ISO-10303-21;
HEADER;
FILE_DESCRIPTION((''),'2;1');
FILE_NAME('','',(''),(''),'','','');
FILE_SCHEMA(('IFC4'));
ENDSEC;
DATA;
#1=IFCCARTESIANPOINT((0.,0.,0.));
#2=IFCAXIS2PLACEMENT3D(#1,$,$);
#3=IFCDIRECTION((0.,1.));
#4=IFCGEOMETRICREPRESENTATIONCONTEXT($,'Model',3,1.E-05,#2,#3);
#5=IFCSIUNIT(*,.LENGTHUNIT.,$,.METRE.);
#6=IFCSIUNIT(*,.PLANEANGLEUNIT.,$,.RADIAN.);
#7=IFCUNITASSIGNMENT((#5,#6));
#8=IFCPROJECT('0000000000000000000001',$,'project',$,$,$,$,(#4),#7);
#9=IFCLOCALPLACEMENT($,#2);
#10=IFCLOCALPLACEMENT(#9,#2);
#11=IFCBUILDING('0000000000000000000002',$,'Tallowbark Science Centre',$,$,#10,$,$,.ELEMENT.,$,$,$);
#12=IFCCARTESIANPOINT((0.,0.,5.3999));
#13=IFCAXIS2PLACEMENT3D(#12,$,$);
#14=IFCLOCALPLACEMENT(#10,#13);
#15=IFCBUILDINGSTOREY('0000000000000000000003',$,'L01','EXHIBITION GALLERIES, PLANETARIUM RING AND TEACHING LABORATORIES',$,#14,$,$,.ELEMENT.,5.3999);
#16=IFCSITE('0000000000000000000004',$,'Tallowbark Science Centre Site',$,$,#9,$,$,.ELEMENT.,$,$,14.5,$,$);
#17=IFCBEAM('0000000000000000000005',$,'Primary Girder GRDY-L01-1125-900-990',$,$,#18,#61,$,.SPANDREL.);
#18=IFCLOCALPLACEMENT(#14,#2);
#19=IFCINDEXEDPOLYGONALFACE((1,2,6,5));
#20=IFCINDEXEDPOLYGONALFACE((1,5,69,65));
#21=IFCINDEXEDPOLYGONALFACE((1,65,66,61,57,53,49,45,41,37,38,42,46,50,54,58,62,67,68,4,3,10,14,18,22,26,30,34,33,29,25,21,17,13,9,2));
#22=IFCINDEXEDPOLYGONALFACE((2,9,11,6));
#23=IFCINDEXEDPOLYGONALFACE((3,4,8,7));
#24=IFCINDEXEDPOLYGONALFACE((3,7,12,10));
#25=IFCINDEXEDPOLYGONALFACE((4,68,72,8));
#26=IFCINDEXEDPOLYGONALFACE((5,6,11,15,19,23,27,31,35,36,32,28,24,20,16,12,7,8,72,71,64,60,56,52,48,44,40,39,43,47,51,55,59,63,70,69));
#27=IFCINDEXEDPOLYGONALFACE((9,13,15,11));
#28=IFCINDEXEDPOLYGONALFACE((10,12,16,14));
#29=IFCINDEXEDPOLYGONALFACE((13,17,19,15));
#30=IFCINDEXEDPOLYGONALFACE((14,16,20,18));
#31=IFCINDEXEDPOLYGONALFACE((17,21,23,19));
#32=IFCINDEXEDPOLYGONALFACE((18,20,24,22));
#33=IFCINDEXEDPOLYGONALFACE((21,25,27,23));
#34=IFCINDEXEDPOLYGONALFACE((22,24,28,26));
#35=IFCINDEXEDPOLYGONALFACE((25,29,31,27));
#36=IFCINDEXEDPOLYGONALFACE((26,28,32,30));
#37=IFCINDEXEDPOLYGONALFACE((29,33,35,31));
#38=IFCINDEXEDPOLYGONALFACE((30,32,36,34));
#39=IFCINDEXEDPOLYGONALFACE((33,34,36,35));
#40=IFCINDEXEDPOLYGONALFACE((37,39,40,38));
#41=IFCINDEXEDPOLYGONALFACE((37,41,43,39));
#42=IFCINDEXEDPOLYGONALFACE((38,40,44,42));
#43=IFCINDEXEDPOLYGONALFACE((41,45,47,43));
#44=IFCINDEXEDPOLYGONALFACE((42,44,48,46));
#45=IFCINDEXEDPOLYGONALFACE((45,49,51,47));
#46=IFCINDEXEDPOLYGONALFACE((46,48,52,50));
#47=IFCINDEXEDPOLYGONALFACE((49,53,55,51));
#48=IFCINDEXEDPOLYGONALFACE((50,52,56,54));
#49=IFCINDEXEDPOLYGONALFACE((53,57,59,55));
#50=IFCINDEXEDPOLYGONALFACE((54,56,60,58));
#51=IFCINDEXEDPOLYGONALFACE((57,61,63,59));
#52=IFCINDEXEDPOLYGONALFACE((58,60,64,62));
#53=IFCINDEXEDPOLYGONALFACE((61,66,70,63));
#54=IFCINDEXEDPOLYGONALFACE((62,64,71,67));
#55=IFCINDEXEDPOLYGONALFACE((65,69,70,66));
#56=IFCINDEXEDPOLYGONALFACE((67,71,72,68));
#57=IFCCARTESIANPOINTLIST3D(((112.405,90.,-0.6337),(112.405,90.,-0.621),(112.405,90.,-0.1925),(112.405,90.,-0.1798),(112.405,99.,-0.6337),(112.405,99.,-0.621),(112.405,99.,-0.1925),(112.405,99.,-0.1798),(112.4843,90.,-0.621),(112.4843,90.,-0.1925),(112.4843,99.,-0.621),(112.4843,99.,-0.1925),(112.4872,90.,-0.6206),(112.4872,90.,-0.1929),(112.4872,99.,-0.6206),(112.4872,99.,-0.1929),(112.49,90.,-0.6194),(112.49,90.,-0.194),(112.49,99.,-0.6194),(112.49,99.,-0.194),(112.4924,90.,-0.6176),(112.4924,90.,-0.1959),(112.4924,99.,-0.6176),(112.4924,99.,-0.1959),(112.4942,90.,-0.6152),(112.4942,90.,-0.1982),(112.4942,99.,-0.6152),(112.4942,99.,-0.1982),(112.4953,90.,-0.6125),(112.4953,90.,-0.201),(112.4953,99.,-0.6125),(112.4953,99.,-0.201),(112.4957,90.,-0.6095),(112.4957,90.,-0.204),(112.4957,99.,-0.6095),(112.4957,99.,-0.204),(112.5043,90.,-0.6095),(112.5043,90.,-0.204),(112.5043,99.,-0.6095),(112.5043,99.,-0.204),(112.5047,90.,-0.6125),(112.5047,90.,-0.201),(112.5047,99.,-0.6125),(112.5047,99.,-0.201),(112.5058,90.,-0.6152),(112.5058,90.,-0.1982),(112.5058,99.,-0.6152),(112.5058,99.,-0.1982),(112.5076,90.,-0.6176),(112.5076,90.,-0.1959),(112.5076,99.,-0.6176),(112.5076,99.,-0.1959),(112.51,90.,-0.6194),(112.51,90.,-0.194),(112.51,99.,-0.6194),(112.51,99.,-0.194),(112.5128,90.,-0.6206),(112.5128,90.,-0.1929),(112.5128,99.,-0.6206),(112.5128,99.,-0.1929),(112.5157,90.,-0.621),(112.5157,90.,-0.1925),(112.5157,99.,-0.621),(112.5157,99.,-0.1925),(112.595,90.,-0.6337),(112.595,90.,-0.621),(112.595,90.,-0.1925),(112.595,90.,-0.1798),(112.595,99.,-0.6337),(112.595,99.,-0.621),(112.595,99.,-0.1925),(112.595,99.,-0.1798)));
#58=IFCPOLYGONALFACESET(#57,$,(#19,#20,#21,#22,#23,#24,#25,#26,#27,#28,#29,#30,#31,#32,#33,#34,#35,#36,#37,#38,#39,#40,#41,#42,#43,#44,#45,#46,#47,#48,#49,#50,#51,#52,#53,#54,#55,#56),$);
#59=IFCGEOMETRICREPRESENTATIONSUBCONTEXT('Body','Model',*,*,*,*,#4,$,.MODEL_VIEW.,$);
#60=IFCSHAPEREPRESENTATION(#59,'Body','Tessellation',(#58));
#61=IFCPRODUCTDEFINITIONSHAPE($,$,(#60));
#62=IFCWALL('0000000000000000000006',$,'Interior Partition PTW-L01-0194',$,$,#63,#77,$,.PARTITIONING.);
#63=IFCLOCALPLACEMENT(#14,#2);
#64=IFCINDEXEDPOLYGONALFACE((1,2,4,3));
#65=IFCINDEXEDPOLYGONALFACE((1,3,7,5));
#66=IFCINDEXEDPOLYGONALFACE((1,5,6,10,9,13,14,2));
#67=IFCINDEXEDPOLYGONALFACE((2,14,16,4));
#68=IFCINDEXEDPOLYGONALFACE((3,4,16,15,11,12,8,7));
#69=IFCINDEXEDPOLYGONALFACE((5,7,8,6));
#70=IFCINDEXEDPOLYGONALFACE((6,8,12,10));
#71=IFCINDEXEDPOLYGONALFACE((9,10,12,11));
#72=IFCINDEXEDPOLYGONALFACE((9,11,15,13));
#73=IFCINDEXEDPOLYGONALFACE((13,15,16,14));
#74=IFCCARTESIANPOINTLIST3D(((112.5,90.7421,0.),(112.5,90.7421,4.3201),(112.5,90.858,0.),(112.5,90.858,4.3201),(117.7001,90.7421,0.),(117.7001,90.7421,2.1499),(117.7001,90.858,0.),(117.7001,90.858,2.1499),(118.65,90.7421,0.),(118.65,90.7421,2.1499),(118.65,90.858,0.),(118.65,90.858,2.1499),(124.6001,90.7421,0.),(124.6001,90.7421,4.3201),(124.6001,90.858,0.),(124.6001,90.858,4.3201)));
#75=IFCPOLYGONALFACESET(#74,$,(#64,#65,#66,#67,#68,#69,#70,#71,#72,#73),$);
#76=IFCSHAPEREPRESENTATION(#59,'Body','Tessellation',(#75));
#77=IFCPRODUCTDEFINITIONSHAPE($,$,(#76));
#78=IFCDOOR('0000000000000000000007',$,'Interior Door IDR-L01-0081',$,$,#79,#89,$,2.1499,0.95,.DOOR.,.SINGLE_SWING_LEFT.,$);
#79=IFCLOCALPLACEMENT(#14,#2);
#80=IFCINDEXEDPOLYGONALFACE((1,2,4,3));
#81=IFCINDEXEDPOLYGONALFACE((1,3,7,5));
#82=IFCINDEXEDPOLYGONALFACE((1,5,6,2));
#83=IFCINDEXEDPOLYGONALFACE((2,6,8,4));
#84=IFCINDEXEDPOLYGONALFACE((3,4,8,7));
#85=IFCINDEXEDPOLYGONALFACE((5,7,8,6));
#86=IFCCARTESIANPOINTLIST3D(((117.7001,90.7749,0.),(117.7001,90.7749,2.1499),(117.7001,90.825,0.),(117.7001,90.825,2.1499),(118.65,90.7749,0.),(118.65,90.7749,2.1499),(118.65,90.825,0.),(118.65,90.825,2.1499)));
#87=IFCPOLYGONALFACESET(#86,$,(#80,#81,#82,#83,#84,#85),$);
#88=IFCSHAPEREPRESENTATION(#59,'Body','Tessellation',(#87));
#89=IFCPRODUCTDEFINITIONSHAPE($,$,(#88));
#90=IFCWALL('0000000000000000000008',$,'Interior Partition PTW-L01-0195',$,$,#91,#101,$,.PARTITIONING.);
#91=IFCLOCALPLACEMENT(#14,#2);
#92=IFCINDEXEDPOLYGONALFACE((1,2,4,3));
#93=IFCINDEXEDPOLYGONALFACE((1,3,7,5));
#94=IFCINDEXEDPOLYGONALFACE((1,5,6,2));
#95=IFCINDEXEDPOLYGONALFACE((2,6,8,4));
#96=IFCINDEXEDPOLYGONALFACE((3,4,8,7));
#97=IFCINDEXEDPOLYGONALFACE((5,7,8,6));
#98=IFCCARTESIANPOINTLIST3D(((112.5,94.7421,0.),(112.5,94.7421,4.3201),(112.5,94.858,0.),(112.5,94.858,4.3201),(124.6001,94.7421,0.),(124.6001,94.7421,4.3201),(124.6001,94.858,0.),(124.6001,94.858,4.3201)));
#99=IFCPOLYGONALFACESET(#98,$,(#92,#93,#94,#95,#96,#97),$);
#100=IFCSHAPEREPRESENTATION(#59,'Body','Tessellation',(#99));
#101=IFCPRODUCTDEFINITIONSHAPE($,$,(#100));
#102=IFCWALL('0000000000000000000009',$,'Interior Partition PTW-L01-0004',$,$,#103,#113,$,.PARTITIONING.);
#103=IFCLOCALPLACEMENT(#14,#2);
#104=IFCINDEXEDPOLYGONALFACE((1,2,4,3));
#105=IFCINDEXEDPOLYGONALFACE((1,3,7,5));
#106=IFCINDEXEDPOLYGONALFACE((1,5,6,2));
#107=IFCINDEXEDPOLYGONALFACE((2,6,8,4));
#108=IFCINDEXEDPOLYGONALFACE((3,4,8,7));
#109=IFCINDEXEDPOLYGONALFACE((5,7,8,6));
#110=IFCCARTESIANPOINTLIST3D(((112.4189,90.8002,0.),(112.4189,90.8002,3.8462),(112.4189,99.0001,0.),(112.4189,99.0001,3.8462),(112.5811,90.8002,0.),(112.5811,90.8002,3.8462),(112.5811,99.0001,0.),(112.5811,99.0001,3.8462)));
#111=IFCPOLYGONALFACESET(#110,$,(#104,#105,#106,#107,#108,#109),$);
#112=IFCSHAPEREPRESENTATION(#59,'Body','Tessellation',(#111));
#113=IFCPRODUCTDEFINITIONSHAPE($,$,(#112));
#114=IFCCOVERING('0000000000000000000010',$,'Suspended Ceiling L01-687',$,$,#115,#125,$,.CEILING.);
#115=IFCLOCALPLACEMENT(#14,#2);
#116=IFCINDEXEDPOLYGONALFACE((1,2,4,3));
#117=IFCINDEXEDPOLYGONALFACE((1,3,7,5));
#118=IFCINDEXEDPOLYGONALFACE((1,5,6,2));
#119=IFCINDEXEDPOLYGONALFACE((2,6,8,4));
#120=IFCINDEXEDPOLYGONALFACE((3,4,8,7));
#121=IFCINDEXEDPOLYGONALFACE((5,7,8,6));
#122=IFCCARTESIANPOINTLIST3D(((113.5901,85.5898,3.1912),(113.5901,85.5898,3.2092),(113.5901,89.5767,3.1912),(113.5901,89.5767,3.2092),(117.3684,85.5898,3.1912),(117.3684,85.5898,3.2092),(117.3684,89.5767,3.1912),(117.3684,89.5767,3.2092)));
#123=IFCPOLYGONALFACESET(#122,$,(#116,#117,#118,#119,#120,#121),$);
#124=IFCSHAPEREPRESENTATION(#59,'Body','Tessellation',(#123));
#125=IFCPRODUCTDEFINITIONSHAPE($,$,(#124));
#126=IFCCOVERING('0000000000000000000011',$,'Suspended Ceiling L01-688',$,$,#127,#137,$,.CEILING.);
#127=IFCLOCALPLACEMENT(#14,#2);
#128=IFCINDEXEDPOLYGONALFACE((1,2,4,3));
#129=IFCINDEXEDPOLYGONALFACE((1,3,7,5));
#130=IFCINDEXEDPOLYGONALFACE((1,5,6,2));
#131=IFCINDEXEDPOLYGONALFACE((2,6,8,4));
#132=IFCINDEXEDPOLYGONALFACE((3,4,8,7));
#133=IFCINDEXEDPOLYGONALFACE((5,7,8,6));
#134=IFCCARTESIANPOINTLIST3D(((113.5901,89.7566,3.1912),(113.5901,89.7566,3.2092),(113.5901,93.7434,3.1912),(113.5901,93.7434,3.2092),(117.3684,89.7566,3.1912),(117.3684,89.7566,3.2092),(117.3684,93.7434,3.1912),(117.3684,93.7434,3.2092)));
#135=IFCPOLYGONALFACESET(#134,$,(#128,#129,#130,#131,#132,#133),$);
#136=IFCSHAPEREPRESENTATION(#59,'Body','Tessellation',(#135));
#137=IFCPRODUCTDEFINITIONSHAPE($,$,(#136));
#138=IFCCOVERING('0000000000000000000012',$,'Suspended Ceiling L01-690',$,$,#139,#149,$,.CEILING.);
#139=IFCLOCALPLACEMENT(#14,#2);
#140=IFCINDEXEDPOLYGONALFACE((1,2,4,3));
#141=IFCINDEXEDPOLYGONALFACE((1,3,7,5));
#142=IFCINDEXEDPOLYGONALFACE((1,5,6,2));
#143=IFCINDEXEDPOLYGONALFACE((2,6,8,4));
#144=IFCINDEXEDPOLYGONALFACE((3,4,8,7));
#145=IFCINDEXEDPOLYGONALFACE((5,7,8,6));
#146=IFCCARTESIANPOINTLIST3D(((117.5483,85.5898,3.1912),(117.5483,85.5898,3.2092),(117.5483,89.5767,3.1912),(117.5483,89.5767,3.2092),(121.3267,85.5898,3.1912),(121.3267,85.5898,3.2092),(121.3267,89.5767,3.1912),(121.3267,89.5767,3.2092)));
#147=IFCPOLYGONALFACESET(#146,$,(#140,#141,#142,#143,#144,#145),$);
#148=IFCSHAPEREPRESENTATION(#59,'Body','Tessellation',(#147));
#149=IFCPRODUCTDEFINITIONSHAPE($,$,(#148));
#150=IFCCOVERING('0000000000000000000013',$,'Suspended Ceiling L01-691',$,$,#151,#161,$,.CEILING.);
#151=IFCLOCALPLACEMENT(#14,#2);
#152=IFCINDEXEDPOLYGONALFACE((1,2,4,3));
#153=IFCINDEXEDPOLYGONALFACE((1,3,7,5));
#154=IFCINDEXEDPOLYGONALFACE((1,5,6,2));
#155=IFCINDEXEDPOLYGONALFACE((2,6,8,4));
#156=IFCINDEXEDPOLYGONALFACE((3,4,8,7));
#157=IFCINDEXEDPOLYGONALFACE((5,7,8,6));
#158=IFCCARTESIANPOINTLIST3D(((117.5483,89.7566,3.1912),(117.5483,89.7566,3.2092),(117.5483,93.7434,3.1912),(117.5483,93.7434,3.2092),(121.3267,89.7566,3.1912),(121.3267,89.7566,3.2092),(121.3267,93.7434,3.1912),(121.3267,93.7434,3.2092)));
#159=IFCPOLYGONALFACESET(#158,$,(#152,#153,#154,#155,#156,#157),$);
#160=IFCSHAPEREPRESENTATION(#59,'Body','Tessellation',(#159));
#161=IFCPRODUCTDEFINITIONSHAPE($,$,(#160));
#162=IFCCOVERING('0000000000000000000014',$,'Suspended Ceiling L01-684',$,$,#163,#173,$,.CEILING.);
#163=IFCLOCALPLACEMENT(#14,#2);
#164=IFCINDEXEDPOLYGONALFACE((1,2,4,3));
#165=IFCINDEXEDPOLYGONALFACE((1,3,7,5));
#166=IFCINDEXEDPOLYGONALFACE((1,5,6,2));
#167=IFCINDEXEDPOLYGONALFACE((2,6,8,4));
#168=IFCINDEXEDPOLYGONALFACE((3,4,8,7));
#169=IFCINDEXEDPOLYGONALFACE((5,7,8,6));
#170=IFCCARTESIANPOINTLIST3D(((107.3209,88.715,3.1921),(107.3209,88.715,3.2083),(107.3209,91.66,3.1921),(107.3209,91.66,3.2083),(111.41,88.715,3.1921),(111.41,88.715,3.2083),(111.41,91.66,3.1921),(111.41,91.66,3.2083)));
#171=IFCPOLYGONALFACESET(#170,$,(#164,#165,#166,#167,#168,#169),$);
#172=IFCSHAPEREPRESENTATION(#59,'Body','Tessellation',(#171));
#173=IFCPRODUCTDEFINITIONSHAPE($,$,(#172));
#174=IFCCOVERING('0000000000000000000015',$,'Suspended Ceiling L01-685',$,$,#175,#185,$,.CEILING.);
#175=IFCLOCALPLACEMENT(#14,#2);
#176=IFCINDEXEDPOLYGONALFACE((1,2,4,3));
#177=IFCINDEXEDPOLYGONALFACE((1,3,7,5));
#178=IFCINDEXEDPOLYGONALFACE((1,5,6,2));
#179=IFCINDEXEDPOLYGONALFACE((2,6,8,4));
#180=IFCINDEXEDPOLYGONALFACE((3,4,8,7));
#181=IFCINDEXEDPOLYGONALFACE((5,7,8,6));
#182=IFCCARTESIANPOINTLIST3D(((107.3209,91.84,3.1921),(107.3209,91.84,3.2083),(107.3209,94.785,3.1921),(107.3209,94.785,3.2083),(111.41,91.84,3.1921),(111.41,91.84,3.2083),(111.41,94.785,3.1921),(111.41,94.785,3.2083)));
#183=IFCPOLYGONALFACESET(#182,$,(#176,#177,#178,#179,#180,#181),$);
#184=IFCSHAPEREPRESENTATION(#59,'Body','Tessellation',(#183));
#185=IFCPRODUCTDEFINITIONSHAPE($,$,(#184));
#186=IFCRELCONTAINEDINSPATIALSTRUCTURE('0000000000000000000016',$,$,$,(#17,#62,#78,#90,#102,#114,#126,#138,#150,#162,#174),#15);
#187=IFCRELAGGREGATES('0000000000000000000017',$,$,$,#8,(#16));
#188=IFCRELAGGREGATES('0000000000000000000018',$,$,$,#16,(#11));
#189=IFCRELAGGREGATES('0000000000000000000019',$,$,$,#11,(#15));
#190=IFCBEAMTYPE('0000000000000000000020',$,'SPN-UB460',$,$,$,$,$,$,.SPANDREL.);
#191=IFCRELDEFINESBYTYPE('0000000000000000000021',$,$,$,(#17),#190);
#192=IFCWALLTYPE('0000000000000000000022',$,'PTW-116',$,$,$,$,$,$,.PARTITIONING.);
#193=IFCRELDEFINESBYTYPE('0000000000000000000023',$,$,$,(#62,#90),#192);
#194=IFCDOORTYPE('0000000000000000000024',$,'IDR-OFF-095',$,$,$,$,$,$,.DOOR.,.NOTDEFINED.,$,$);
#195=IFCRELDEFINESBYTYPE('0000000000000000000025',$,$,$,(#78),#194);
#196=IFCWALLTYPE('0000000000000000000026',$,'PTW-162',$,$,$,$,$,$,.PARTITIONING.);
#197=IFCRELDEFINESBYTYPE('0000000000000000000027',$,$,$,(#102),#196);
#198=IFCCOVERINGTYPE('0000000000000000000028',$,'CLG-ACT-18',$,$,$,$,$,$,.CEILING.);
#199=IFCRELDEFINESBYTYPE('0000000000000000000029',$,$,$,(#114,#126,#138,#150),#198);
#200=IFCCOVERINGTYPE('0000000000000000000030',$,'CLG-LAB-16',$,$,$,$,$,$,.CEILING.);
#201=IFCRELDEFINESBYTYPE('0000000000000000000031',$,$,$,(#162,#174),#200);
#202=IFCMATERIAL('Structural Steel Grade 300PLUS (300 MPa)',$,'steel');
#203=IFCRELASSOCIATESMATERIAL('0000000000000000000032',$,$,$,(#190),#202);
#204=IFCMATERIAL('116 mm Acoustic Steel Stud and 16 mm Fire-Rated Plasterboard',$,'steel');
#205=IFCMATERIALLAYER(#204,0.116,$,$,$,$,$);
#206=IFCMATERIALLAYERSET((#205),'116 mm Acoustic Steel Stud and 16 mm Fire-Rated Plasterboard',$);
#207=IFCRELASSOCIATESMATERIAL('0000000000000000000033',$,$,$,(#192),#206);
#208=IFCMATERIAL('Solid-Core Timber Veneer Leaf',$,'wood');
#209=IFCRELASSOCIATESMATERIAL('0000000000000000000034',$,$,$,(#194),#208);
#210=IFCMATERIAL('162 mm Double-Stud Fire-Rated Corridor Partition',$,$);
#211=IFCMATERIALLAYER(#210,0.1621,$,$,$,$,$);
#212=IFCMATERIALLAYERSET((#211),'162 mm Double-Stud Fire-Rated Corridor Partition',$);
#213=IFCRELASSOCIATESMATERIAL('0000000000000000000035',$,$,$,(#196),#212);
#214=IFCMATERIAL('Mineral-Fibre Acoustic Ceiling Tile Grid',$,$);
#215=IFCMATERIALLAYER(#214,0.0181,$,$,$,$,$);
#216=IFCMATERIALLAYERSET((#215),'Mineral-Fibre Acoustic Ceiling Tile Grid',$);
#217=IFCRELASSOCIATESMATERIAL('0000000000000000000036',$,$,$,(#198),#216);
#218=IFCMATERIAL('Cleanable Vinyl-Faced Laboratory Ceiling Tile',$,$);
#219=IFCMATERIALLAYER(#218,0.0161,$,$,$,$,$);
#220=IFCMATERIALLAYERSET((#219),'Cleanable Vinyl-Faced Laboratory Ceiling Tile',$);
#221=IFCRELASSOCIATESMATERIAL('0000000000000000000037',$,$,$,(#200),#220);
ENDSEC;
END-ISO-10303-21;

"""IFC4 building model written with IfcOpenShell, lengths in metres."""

from ifc_helpers import new_model, si_unit, direction, frame, frame_2d, origin, origin_2d, place, context, subcontext, project, spatial, rectangle, i_section, extrude, material, layer, layer_set, material_profile, profile_set, type_object, element, fill, save


model = new_model("IFC4")

# Units and contexts
model_context = context("Model", 3, precision=1e-05, world=origin(), true_north=direction((0.0, 1.0)))
body_context = subcontext(model_context, "Body", "Model", "MODEL_VIEW")
ifc_project = project(units=[si_unit("LENGTHUNIT", "METRE"), si_unit("PLANEANGLEUNIT", "RADIAN")], contexts=[model_context])

# Site, building, storey
site_placement = place(None, origin())
site = spatial("IfcSite", under=ifc_project, at=site_placement, Name="Tallowbark Science Centre Site", CompositionType="ELEMENT", RefElevation=14.5)
building_placement = place(site_placement, origin())
building = spatial("IfcBuilding", under=site, at=building_placement, Name="Tallowbark Science Centre", CompositionType="ELEMENT")
storey_placement = place(building_placement, frame((0.0, 0.0, 5.3999)))
storey = spatial("IfcBuildingStorey", under=building, at=storey_placement, Name="L01", Description="EXHIBITION GALLERIES, PLANETARIUM RING AND TEACHING LABORATORIES", CompositionType="ELEMENT", Elevation=5.3999)

# Shared definitions
ifc_material_1 = material(Name="Structural Steel Grade 300PLUS (300 MPa)", Category="steel")

# Beam
ifc_material_profile_1 = material_profile(ifc_material_1, i_section(OverallWidth=0.1899, OverallDepth=0.4539, WebThickness=0.0085, FlangeThickness=0.0127, FilletRadius=0.0115, at=origin_2d()), Name="460UB67.1")
ifc_profile_set_1 = profile_set([ifc_material_profile_1], Name="Structural Steel Grade 300PLUS (300 MPa)")
beam_type_1 = type_object("IfcBeamType", Name="SPN-UB460", PredefinedType="SPANDREL", material=ifc_profile_set_1)
beam_placement = place(storey_placement, frame((112.5, 90.0, -0.4067), z_axis=(0.0, 1.0, 0.0), x_axis=(-1.0, 0.0, 0.0)))
element("IfcBeam", 1, at=beam_placement, inside=storey, type_object=beam_type_1, Name="Primary Girder GRDY-L01-1125-900-990", PredefinedType="SPANDREL", context=body_context, shape_type="SweptSolid", body=[
    extrude(i_section(OverallWidth=0.1899, OverallDepth=0.4539, WebThickness=0.0085, FlangeThickness=0.0127, FilletRadius=0.0115, at=origin_2d()), origin(), (0.0, 0.0, 1.0), 9.0),
])

# Wall, opening, door
ifc_material_2 = material(Name="116 mm Acoustic Steel Stud and 16 mm Fire-Rated Plasterboard", Category="steel")
ifc_layer_1 = layer(ifc_material_2, 0.116)
ifc_layer_set_1 = layer_set([ifc_layer_1], Name="116 mm Acoustic Steel Stud and 16 mm Fire-Rated Plasterboard")
wall_type_1 = type_object("IfcWallType", Name="PTW-116", PredefinedType="PARTITIONING", material=ifc_layer_set_1)
wall_1_placement = place(storey_placement, frame((112.5, 90.8, 0.0), z_axis=(0.0, 0.0, 1.0), x_axis=(1.0, 0.0, 0.0)))
wall_1 = element("IfcWall", 2, at=wall_1_placement, inside=storey, type_object=wall_type_1, Name="Interior Partition PTW-L01-0194", PredefinedType="PARTITIONING", context=body_context, shape_type="SweptSolid", body=[
    extrude(rectangle(XDim=12.1001, YDim=0.116, at=frame_2d((6.05, 0.0))), origin(), (0.0, 0.0, 1.0), 4.3201),
])
opening_placement = place(wall_1_placement, frame((5.2, 0.0, 0.0)))
opening = element("IfcOpeningElement", 3, at=opening_placement, cuts=wall_1, PredefinedType="OPENING", context=body_context, shape_type="SweptSolid", body=[
    extrude(rectangle(XDim=0.95, YDim=2.1499, at=frame_2d((0.4751, 1.075))), frame((0.0, 0.0679, 0.0), z_axis=(0.0, -1.0, 0.0), x_axis=(1.0, 0.0, 0.0)), (0.0, 0.0, 1.0), 0.136),
])
ifc_material_3 = material(Name="Solid-Core Timber Veneer Leaf", Category="wood")
door_type = type_object("IfcDoorType", Name="IDR-OFF-095", OperationType="NOTDEFINED", PredefinedType="DOOR", material=ifc_material_3)
door_placement = place(opening_placement, origin())
door = element("IfcDoor", 4, at=door_placement, inside=storey, type_object=door_type, Name="Interior Door IDR-L01-0081", OperationType="SINGLE_SWING_LEFT", OverallHeight=2.1499, OverallWidth=0.95, PredefinedType="DOOR", context=body_context, shape_type="SweptSolid", body=[
    extrude(rectangle(XDim=0.95, YDim=2.1499, at=frame_2d((0.4751, 1.075))), frame((0.0, 0.0249, 0.0), z_axis=(0.0, -1.0, 0.0), x_axis=(1.0, 0.0, 0.0)), (0.0, 0.0, 1.0), 0.05),
])
fill(opening, door)

# Walls
wall_2_placement = place(storey_placement, frame((112.5, 94.8, 0.0), z_axis=(0.0, 0.0, 1.0), x_axis=(1.0, 0.0, 0.0)))
element("IfcWall", 5, at=wall_2_placement, inside=storey, type_object=wall_type_1, Name="Interior Partition PTW-L01-0195", PredefinedType="PARTITIONING", context=body_context, shape_type="SweptSolid", body=[
    extrude(rectangle(XDim=12.1001, YDim=0.116, at=frame_2d((6.05, 0.0))), origin(), (0.0, 0.0, 1.0), 4.3201),
])
ifc_material_4 = material(Name="162 mm Double-Stud Fire-Rated Corridor Partition")
ifc_layer_2 = layer(ifc_material_4, 0.1621)
ifc_layer_set_2 = layer_set([ifc_layer_2], Name="162 mm Double-Stud Fire-Rated Corridor Partition")
wall_type_2 = type_object("IfcWallType", Name="PTW-162", PredefinedType="PARTITIONING", material=ifc_layer_set_2)
wall_3_placement = place(storey_placement, frame((112.5, 90.8, 0.0), z_axis=(0.0, 0.0, 1.0), x_axis=(0.0, 1.0, 0.0)))
element("IfcWall", 6, at=wall_3_placement, inside=storey, type_object=wall_type_2, Name="Interior Partition PTW-L01-0004", PredefinedType="PARTITIONING", context=body_context, shape_type="SweptSolid", body=[
    extrude(rectangle(XDim=8.2, YDim=0.1621, at=frame_2d((4.1001, 0.0))), origin(), (0.0, 0.0, 1.0), 3.8462),
])

# Coverings
ifc_material_5 = material(Name="Mineral-Fibre Acoustic Ceiling Tile Grid")
ifc_layer_3 = layer(ifc_material_5, 0.0181)
ifc_layer_set_3 = layer_set([ifc_layer_3], Name="Mineral-Fibre Acoustic Ceiling Tile Grid")
covering_type_1 = type_object("IfcCoveringType", Name="CLG-ACT-18", PredefinedType="CEILING", material=ifc_layer_set_3)
for number, where, z_axis, x_axis, name in (
    (7, (115.4792, 87.5833, 3.1912), (0.0, 0.0, 1.0), (1.0, 0.0, 0.0), "Suspended Ceiling L01-687"),
    (8, (115.4792, 91.75, 3.1912), (0.0, 0.0, 1.0), (1.0, 0.0, 0.0), "Suspended Ceiling L01-688"),
    (9, (119.4375, 87.5833, 3.1912), (0.0, 0.0, 1.0), (1.0, 0.0, 0.0), "Suspended Ceiling L01-690"),
    (10, (119.4375, 91.75, 3.1912), (0.0, 0.0, 1.0), (1.0, 0.0, 0.0), "Suspended Ceiling L01-691"),
):
    element("IfcCovering", number, at=place(storey_placement, frame(where, z_axis=z_axis, x_axis=x_axis)), inside=storey, type_object=covering_type_1, Name=name, PredefinedType="CEILING", context=body_context, shape_type="SweptSolid", body=[
        extrude(rectangle(XDim=3.7783, YDim=3.9868, at=origin_2d()), origin(), (0.0, 0.0, 1.0), 0.0181),
    ])
ifc_material_6 = material(Name="Cleanable Vinyl-Faced Laboratory Ceiling Tile")
ifc_layer_4 = layer(ifc_material_6, 0.0161)
ifc_layer_set_4 = layer_set([ifc_layer_4], Name="Cleanable Vinyl-Faced Laboratory Ceiling Tile")
covering_type_2 = type_object("IfcCoveringType", Name="CLG-LAB-16", PredefinedType="CEILING", material=ifc_layer_set_4)
for number, where, z_axis, x_axis, name in (
    (11, (109.3655, 90.1875, 3.1921), (0.0, 0.0, 1.0), (1.0, 0.0, 0.0), "Suspended Ceiling L01-684"),
    (12, (109.3655, 93.3125, 3.1921), (0.0, 0.0, 1.0), (1.0, 0.0, 0.0), "Suspended Ceiling L01-685"),
):
    element("IfcCovering", number, at=place(storey_placement, frame(where, z_axis=z_axis, x_axis=x_axis)), inside=storey, type_object=covering_type_2, Name=name, PredefinedType="CEILING", context=body_context, shape_type="SweptSolid", body=[
        extrude(rectangle(XDim=4.0891, YDim=2.9451, at=origin_2d()), origin(), (0.0, 0.0, 1.0), 0.0161),
    ])

save(model, "model.ifc")
